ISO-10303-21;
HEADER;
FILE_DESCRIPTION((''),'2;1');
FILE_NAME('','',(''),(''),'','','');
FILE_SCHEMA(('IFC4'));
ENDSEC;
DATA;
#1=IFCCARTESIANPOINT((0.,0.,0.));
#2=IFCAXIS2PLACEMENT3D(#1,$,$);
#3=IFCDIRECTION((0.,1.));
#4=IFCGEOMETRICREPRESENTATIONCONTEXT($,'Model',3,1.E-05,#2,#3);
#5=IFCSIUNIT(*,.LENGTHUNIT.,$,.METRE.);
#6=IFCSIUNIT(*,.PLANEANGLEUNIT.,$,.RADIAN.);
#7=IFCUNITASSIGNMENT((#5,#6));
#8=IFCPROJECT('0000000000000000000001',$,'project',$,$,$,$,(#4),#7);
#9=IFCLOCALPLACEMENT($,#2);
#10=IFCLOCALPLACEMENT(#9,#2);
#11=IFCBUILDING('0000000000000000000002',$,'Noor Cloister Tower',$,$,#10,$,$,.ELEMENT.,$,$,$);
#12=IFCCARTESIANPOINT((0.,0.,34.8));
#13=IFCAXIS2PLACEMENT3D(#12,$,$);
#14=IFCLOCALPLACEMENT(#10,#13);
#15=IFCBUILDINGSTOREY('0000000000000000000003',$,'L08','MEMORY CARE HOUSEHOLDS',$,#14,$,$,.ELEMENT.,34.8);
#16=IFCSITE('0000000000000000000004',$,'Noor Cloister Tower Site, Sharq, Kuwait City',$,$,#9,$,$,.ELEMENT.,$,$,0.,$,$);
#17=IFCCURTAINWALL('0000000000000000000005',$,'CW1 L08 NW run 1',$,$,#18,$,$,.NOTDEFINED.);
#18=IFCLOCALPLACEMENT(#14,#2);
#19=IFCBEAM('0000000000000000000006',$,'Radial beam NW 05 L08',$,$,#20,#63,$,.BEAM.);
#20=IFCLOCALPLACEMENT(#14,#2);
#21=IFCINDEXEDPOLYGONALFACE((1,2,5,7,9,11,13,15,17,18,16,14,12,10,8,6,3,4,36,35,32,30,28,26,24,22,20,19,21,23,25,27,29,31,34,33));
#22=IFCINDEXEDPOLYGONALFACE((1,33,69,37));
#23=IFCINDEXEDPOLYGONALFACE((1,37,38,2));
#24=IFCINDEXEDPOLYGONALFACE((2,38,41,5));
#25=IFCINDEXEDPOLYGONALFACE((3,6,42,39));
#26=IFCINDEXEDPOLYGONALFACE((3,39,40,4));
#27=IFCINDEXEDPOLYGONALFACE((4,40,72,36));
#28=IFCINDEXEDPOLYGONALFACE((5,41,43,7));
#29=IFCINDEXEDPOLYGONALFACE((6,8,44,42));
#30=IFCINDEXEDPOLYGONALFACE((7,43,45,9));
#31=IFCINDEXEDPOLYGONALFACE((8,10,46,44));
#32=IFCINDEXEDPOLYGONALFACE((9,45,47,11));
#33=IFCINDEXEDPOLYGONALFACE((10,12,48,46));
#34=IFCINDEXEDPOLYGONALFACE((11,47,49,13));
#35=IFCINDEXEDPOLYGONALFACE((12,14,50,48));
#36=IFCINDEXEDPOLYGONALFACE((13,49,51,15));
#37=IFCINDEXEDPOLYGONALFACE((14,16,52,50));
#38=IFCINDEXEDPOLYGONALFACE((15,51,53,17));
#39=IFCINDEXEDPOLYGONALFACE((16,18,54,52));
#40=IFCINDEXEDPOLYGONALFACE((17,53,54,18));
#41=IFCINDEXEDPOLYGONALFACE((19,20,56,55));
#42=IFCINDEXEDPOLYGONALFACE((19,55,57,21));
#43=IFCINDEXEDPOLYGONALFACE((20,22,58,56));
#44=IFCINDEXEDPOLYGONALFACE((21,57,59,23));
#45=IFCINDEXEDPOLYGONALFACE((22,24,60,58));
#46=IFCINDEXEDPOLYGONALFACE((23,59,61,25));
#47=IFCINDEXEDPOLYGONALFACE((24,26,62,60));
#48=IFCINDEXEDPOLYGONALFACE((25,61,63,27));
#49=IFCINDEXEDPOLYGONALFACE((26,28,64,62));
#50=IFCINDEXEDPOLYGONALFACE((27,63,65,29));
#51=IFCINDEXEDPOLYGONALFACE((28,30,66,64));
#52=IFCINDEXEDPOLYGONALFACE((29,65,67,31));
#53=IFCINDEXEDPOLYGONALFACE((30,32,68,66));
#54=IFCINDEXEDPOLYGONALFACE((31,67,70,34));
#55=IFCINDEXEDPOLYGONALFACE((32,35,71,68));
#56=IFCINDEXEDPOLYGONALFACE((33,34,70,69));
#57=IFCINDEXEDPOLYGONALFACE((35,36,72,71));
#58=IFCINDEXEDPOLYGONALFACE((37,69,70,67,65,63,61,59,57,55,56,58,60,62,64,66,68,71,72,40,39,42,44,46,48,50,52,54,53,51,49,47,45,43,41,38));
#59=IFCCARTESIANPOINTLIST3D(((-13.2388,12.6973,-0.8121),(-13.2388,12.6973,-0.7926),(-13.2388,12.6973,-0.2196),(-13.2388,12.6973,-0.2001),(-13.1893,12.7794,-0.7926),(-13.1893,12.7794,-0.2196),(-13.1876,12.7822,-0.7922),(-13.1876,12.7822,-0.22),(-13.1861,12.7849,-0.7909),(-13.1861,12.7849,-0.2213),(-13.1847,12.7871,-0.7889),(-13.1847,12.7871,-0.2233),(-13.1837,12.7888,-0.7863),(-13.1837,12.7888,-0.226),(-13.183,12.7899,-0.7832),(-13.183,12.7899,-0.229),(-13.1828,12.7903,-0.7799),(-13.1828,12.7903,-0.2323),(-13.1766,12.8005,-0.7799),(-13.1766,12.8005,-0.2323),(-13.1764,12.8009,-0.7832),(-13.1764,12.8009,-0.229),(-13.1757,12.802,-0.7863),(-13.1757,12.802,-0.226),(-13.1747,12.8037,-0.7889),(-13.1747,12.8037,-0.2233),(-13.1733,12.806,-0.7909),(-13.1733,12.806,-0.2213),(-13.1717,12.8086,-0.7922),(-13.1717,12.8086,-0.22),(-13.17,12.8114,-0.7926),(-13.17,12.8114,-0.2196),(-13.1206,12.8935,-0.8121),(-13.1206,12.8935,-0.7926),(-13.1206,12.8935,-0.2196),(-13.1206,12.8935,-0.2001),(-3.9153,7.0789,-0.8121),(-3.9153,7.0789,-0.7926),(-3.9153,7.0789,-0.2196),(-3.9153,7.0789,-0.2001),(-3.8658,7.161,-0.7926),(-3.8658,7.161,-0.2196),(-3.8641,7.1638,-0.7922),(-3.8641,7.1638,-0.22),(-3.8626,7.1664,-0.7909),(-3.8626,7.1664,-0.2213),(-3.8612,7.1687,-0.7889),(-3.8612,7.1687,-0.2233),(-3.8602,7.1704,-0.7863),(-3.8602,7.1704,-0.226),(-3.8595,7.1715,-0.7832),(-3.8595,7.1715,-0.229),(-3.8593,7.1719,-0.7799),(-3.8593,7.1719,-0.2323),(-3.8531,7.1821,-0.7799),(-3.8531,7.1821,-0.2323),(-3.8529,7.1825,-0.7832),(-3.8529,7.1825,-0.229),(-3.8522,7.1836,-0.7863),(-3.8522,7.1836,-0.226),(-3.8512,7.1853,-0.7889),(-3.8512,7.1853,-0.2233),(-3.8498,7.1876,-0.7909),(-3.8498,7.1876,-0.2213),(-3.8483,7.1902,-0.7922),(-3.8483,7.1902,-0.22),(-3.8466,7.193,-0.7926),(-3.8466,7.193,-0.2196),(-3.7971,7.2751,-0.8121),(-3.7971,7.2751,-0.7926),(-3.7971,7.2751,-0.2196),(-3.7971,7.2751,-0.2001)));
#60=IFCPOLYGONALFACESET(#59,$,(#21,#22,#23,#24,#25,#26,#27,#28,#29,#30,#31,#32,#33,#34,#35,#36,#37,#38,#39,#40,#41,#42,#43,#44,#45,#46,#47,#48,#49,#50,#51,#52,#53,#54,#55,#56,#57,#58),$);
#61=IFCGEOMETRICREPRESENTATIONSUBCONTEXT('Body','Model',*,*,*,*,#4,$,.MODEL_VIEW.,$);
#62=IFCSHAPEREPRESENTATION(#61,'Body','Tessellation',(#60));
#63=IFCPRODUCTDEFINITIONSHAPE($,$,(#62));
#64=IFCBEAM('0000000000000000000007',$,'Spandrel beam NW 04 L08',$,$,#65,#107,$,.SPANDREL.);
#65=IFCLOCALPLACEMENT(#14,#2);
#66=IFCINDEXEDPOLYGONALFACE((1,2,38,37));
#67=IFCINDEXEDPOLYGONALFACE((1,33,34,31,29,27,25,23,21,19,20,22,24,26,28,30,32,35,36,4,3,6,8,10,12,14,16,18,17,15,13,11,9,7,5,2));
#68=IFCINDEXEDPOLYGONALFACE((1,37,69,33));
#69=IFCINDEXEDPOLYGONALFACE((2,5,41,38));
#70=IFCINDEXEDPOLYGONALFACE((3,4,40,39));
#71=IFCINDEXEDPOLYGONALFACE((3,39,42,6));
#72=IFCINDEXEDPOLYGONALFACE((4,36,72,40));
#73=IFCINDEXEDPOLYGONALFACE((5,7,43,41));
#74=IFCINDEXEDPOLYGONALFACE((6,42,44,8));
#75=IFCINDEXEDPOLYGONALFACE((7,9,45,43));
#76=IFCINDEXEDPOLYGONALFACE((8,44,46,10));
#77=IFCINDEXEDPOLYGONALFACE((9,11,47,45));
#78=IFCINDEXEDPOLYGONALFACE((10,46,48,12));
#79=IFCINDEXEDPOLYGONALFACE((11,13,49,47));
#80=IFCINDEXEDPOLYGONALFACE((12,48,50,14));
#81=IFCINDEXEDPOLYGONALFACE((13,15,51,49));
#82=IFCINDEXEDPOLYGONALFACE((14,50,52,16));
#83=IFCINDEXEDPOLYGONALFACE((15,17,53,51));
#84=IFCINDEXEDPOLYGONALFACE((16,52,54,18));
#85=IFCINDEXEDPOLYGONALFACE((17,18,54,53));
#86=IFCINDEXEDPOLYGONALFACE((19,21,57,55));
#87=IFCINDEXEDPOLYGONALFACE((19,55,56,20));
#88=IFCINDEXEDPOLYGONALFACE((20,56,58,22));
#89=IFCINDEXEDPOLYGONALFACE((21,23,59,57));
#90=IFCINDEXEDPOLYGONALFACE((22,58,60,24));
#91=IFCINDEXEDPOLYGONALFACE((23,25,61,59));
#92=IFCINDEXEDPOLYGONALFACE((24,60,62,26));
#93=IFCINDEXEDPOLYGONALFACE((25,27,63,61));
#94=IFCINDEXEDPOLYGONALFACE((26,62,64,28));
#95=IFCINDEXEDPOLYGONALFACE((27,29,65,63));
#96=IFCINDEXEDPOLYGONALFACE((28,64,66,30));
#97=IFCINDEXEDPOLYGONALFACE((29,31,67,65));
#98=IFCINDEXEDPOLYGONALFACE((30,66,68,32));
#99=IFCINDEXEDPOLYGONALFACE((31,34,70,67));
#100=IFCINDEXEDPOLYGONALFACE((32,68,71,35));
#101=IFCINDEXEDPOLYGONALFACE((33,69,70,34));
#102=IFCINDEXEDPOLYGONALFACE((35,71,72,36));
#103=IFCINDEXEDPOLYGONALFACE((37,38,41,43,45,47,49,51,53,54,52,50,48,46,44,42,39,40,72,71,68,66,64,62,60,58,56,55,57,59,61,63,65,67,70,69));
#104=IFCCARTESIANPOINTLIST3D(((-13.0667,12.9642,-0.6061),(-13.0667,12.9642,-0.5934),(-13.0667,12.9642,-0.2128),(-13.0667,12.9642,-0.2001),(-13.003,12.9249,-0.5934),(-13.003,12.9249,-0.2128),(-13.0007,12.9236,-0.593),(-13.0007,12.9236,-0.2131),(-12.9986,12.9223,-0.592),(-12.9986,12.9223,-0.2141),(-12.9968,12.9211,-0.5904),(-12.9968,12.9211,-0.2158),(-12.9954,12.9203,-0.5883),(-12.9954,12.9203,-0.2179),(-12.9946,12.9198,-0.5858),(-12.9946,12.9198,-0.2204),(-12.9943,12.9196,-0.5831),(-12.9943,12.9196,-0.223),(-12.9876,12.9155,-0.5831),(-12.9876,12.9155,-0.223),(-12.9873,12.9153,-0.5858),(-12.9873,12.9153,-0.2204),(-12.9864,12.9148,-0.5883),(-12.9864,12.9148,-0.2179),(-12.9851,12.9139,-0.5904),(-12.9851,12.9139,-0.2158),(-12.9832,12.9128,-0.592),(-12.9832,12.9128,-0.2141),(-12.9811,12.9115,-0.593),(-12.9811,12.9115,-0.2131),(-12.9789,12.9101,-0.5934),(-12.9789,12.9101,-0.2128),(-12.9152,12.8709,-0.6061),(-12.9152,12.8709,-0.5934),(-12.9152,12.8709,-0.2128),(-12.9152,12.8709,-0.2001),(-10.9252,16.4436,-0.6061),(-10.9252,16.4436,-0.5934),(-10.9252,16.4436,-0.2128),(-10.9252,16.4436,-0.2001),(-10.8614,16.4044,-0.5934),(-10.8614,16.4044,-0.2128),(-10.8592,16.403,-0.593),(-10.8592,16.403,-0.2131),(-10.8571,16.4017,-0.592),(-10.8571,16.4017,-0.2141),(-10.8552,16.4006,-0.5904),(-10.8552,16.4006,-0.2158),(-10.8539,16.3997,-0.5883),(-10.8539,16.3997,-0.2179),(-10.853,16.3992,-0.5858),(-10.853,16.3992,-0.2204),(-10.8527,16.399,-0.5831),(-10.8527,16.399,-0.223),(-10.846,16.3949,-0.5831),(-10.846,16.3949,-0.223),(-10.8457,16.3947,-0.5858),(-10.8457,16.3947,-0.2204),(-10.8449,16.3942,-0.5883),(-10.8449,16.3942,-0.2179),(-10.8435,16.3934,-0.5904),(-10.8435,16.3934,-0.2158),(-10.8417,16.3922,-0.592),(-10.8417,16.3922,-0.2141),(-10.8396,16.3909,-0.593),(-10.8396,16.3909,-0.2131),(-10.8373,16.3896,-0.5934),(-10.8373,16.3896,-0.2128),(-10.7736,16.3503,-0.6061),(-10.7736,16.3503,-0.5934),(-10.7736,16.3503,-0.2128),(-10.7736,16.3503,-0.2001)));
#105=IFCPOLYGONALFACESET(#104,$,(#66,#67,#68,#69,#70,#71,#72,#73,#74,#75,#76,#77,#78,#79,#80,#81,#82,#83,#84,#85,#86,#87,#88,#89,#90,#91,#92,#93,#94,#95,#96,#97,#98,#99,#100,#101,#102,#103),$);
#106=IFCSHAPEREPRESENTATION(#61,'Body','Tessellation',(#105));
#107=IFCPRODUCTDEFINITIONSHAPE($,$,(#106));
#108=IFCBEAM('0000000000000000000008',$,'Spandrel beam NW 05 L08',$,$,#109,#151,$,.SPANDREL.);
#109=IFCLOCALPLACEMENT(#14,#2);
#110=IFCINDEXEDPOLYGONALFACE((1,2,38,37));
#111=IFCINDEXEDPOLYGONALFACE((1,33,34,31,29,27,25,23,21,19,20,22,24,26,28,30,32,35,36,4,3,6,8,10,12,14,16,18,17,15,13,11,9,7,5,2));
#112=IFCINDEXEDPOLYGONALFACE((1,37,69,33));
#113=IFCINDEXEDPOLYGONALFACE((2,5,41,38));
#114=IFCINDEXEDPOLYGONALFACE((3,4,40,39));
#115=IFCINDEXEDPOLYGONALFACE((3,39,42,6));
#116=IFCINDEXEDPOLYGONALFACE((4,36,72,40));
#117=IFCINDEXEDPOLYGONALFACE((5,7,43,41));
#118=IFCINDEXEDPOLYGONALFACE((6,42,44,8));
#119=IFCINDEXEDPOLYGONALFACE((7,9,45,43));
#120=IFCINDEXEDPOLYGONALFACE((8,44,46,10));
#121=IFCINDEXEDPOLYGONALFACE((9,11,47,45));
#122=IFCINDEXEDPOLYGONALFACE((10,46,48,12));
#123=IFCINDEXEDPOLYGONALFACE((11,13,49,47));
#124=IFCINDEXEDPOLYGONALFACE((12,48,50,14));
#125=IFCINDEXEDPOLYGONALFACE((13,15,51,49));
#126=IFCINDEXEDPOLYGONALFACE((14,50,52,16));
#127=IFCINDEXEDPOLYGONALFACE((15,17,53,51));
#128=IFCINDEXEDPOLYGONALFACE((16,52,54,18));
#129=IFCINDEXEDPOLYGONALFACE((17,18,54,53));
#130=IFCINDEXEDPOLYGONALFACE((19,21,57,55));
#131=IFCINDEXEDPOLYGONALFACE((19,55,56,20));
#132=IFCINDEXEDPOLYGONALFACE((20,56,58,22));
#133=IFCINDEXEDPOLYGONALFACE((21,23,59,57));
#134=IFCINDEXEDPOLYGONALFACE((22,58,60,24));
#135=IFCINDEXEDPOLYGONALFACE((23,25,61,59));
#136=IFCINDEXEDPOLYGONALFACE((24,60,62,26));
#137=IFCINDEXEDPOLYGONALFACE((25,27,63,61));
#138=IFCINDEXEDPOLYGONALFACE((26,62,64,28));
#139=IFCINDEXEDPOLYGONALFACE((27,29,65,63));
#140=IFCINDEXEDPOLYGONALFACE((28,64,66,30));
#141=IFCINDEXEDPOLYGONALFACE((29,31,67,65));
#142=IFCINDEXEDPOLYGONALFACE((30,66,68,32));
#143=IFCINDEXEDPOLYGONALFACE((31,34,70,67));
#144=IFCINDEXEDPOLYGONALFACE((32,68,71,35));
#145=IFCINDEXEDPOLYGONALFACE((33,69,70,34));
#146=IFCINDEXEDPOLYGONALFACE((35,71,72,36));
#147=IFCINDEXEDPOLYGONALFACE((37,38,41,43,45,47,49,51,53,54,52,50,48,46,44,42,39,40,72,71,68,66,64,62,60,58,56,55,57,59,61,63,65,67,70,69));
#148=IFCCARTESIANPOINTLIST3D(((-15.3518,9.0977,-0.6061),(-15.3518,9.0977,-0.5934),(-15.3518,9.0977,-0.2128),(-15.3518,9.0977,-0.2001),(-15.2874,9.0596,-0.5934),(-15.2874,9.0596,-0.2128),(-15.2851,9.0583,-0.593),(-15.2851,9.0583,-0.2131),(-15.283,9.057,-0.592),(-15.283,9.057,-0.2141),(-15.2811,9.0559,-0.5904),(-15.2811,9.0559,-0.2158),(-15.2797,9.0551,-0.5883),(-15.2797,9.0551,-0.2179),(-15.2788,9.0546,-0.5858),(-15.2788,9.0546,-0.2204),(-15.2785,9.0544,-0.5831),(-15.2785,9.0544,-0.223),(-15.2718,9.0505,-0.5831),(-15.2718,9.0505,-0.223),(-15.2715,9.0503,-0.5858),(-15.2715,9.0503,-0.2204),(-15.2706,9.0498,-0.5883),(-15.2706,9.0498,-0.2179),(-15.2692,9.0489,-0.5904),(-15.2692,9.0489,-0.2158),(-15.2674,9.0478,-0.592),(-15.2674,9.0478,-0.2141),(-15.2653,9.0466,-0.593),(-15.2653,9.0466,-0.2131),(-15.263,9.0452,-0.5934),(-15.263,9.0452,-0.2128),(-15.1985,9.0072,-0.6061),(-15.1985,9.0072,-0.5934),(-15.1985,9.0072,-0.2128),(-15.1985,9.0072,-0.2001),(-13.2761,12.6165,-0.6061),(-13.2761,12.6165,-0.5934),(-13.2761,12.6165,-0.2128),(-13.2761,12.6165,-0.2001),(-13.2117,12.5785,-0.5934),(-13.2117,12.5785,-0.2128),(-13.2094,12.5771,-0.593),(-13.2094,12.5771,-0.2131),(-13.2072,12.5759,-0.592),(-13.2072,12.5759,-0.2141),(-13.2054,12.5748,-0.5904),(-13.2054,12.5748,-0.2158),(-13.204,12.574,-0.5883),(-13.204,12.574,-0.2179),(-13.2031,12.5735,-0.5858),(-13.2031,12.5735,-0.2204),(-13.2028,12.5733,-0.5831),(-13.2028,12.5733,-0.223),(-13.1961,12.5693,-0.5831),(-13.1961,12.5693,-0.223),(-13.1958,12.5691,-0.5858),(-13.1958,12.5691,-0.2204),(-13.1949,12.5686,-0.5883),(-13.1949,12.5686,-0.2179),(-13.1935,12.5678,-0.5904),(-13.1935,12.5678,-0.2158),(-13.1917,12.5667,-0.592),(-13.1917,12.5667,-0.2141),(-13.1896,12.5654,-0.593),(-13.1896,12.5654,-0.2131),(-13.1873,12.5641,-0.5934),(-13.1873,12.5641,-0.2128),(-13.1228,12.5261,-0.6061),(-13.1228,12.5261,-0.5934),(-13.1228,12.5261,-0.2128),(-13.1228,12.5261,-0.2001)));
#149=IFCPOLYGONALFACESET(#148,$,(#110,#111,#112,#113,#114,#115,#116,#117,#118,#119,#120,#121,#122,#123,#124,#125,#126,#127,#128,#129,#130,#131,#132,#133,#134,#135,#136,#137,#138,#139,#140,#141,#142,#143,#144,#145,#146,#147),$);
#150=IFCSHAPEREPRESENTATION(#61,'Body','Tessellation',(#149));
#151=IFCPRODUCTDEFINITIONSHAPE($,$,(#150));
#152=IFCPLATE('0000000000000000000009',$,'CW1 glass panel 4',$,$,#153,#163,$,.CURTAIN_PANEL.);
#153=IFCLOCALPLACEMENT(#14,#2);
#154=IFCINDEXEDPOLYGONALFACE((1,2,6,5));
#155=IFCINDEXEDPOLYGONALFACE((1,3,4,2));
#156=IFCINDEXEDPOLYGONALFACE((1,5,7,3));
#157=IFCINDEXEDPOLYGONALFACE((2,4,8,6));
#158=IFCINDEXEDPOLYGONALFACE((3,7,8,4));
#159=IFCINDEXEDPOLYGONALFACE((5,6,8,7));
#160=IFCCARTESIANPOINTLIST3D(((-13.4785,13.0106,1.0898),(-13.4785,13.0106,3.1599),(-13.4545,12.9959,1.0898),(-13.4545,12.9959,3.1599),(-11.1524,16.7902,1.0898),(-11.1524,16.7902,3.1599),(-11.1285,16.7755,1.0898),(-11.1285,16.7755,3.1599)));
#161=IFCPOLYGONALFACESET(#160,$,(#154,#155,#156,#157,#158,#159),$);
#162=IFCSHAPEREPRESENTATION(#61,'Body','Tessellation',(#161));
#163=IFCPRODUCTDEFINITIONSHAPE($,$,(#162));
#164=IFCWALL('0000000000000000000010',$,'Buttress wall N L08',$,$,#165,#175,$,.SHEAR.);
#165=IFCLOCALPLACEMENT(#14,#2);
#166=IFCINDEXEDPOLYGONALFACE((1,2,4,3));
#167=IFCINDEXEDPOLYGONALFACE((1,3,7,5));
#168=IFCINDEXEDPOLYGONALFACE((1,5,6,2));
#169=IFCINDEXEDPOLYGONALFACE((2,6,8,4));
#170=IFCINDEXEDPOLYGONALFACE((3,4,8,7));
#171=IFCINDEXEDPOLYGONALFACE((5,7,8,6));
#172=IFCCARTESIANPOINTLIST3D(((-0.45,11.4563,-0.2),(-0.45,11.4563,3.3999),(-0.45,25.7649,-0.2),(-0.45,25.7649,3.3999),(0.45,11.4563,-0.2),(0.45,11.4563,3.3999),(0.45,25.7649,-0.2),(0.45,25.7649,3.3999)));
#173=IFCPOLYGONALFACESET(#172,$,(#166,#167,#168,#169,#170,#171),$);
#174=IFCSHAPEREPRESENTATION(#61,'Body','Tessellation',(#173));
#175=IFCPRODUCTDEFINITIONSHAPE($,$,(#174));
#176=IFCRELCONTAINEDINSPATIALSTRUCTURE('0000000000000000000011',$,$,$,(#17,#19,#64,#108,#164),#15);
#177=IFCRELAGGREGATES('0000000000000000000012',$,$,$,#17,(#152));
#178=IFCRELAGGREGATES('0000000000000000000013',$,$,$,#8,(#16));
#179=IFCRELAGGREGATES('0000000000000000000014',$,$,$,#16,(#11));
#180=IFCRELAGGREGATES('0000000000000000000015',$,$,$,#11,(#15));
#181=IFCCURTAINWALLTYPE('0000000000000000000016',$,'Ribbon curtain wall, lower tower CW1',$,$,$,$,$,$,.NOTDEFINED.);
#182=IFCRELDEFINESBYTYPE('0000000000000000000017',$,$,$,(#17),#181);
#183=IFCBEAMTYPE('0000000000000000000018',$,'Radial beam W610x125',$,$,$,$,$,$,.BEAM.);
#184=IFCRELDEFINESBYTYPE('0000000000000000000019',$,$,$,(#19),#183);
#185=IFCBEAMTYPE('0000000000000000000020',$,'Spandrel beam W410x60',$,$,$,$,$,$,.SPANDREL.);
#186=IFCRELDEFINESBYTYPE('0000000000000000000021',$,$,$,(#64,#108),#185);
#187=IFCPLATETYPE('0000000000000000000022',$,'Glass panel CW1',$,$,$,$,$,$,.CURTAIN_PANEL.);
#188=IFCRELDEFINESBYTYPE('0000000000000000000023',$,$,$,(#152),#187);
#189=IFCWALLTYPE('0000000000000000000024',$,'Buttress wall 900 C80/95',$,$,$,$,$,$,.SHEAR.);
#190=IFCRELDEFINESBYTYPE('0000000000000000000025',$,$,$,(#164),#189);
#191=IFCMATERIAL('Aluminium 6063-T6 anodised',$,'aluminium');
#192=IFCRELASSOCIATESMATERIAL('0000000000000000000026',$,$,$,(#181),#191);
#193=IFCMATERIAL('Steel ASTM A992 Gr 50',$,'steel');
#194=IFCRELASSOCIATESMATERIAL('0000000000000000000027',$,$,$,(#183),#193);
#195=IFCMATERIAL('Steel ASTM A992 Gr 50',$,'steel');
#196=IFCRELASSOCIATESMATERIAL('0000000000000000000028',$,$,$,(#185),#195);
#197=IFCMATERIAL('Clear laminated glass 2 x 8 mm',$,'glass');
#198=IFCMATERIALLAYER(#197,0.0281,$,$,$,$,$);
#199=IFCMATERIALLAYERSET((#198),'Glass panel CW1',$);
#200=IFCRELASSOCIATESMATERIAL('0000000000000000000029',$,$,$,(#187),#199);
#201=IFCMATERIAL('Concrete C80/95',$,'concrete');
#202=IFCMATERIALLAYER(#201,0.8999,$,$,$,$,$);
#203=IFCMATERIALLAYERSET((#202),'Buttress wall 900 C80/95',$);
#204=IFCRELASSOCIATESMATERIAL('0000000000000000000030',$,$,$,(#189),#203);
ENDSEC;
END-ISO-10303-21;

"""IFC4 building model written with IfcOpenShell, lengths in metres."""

from ifc_helpers import new_model, si_unit, direction, frame, frame_2d, origin, origin_2d, place, context, subcontext, project, spatial, rectangle, i_section, extrude, material, layer, layer_set, material_profile, profile_set, type_object, element, aggregate, save


model = new_model("IFC4")

# Units and contexts
model_context = context("Model", 3, precision=1e-05, world=origin(), true_north=direction((0.0, 1.0)))
body_context = subcontext(model_context, "Body", "Model", "MODEL_VIEW")
ifc_project = project(units=[si_unit("LENGTHUNIT", "METRE"), si_unit("PLANEANGLEUNIT", "RADIAN")], contexts=[model_context])

# Site, building, storey
site_placement = place(None, origin())
site = spatial("IfcSite", under=ifc_project, at=site_placement, Name="Noor Cloister Tower Site, Sharq, Kuwait City", CompositionType="ELEMENT", RefElevation=0.0)
building_placement = place(site_placement, origin())
building = spatial("IfcBuilding", under=site, at=building_placement, Name="Noor Cloister Tower", CompositionType="ELEMENT")
storey_placement = place(building_placement, frame((0.0, 0.0, 34.8)))
storey = spatial("IfcBuildingStorey", under=building, at=storey_placement, Name="L08", Description="MEMORY CARE HOUSEHOLDS", CompositionType="ELEMENT", Elevation=34.8)

# Curtain wall
ifc_material_1 = material(Name="Aluminium 6063-T6 anodised", Category="aluminium")
curtain_wall_type = type_object("IfcCurtainWallType", Name="Ribbon curtain wall, lower tower CW1", PredefinedType="NOTDEFINED", material=ifc_material_1)
curtain_wall_placement = place(storey_placement, origin())
curtain_wall = element("IfcCurtainWall", 1, at=curtain_wall_placement, inside=storey, type_object=curtain_wall_type, Name="CW1 L08 NW run 1", PredefinedType="NOTDEFINED")

# Beams
ifc_material_2 = material(Name="Steel ASTM A992 Gr 50", Category="steel")
ifc_material_profile_1 = material_profile(ifc_material_2, i_section(OverallWidth=0.229, OverallDepth=0.6121, WebThickness=0.012, FlangeThickness=0.0195, FilletRadius=0.0127, at=origin_2d()), Name="W610x125")
ifc_profile_set_1 = profile_set([ifc_material_profile_1], Name="Steel ASTM A992 Gr 50")
beam_type_1 = type_object("IfcBeamType", Name="Radial beam W610x125", PredefinedType="BEAM", material=ifc_profile_set_1)
beam_1_placement = place(storey_placement, frame((-13.1797, 12.7954, -0.5061), z_axis=(0.856506, -0.516137, 0.0), x_axis=(0.516137, 0.856506, 0.0)))
element("IfcBeam", 2, at=beam_1_placement, inside=storey, type_object=beam_type_1, Name="Radial beam NW 05 L08", PredefinedType="BEAM", context=body_context, shape_type="SweptSolid", body=[
    extrude(i_section(OverallWidth=0.229, OverallDepth=0.6121, WebThickness=0.012, FlangeThickness=0.0195, FilletRadius=0.0127, at=origin_2d()), origin(), (0.0, 0.0, 1.0), 10.8855),
])
ifc_material_3 = material(Name="Steel ASTM A992 Gr 50", Category="steel")
ifc_material_profile_2 = material_profile(ifc_material_3, i_section(OverallWidth=0.178, OverallDepth=0.406, WebThickness=0.0078, FlangeThickness=0.0127, FilletRadius=0.0103, at=origin_2d()), Name="W410x60")
ifc_profile_set_2 = profile_set([ifc_material_profile_2], Name="Steel ASTM A992 Gr 50")
beam_type_2 = type_object("IfcBeamType", Name="Spandrel beam W410x60", PredefinedType="SPANDREL", material=ifc_profile_set_2)
beam_2_placement = place(storey_placement, frame((-10.8494, 16.397, -0.4031), z_axis=(-0.524164, -0.851617, 0.0), x_axis=(0.851617, -0.524164, 0.0)))
element("IfcBeam", 3, at=beam_2_placement, inside=storey, type_object=beam_type_2, Name="Spandrel beam NW 04 L08", PredefinedType="SPANDREL", context=body_context, shape_type="SweptSolid", body=[
    extrude(i_section(OverallWidth=0.178, OverallDepth=0.406, WebThickness=0.0078, FlangeThickness=0.0127, FilletRadius=0.0103, at=origin_2d()), origin(), (0.0, 0.0, 1.0), 4.0857),
])
beam_3_placement = place(storey_placement, frame((-13.1995, 12.5713, -0.4031), z_axis=(-0.508075, -0.861313, 0.0), x_axis=(0.861313, -0.508075, 0.0)))
element("IfcBeam", 4, at=beam_3_placement, inside=storey, type_object=beam_type_2, Name="Spandrel beam NW 05 L08", PredefinedType="SPANDREL", context=body_context, shape_type="SweptSolid", body=[
    extrude(i_section(OverallWidth=0.178, OverallDepth=0.406, WebThickness=0.0078, FlangeThickness=0.0127, FilletRadius=0.0103, at=origin_2d()), origin(), (0.0, 0.0, 1.0), 4.0854),
])

# Plate
ifc_material_4 = material(Name="Clear laminated glass 2 x 8 mm", Category="glass")
ifc_layer_1 = layer(ifc_material_4, 0.0281)
ifc_layer_set_1 = layer_set([ifc_layer_1], Name="Glass panel CW1")
plate_type = type_object("IfcPlateType", Name="Glass panel CW1", PredefinedType="CURTAIN_PANEL", material=ifc_layer_set_1)
plate_placement = place(storey_placement, frame((-12.3035, 14.8931, 1.0898), z_axis=(0.0, 0.0, 1.0), x_axis=(-0.524127, -0.85164, 0.0)))
plate = element("IfcPlate", 5, at=plate_placement, type_object=plate_type, Name="CW1 glass panel 4", PredefinedType="CURTAIN_PANEL", context=body_context, shape_type="SweptSolid", body=[
    extrude(rectangle(XDim=4.438, YDim=0.0281, at=origin_2d()), origin(), (0.0, 0.0, 1.0), 2.0701),
])
aggregate(curtain_wall, [plate])

# Wall
ifc_material_5 = material(Name="Concrete C80/95", Category="concrete")
ifc_layer_2 = layer(ifc_material_5, 0.8999)
ifc_layer_set_2 = layer_set([ifc_layer_2], Name="Buttress wall 900 C80/95")
wall_type_1 = type_object("IfcWallType", Name="Buttress wall 900 C80/95", PredefinedType="SHEAR", material=ifc_layer_set_2)
wall_1_placement = place(storey_placement, frame((0.0, 11.4563, -0.2), z_axis=(0.0, 0.0, 1.0), x_axis=(0.0, 1.0, 0.0)))
element("IfcWall", 6, at=wall_1_placement, inside=storey, type_object=wall_type_1, Name="Buttress wall N L08", PredefinedType="SHEAR", context=body_context, shape_type="SweptSolid", body=[
    extrude(rectangle(XDim=14.3086, YDim=0.8999, at=frame_2d((7.1543, 0.0))), origin(), (0.0, 0.0, 1.0), 3.5999),
])

save(model, "model.ifc")
